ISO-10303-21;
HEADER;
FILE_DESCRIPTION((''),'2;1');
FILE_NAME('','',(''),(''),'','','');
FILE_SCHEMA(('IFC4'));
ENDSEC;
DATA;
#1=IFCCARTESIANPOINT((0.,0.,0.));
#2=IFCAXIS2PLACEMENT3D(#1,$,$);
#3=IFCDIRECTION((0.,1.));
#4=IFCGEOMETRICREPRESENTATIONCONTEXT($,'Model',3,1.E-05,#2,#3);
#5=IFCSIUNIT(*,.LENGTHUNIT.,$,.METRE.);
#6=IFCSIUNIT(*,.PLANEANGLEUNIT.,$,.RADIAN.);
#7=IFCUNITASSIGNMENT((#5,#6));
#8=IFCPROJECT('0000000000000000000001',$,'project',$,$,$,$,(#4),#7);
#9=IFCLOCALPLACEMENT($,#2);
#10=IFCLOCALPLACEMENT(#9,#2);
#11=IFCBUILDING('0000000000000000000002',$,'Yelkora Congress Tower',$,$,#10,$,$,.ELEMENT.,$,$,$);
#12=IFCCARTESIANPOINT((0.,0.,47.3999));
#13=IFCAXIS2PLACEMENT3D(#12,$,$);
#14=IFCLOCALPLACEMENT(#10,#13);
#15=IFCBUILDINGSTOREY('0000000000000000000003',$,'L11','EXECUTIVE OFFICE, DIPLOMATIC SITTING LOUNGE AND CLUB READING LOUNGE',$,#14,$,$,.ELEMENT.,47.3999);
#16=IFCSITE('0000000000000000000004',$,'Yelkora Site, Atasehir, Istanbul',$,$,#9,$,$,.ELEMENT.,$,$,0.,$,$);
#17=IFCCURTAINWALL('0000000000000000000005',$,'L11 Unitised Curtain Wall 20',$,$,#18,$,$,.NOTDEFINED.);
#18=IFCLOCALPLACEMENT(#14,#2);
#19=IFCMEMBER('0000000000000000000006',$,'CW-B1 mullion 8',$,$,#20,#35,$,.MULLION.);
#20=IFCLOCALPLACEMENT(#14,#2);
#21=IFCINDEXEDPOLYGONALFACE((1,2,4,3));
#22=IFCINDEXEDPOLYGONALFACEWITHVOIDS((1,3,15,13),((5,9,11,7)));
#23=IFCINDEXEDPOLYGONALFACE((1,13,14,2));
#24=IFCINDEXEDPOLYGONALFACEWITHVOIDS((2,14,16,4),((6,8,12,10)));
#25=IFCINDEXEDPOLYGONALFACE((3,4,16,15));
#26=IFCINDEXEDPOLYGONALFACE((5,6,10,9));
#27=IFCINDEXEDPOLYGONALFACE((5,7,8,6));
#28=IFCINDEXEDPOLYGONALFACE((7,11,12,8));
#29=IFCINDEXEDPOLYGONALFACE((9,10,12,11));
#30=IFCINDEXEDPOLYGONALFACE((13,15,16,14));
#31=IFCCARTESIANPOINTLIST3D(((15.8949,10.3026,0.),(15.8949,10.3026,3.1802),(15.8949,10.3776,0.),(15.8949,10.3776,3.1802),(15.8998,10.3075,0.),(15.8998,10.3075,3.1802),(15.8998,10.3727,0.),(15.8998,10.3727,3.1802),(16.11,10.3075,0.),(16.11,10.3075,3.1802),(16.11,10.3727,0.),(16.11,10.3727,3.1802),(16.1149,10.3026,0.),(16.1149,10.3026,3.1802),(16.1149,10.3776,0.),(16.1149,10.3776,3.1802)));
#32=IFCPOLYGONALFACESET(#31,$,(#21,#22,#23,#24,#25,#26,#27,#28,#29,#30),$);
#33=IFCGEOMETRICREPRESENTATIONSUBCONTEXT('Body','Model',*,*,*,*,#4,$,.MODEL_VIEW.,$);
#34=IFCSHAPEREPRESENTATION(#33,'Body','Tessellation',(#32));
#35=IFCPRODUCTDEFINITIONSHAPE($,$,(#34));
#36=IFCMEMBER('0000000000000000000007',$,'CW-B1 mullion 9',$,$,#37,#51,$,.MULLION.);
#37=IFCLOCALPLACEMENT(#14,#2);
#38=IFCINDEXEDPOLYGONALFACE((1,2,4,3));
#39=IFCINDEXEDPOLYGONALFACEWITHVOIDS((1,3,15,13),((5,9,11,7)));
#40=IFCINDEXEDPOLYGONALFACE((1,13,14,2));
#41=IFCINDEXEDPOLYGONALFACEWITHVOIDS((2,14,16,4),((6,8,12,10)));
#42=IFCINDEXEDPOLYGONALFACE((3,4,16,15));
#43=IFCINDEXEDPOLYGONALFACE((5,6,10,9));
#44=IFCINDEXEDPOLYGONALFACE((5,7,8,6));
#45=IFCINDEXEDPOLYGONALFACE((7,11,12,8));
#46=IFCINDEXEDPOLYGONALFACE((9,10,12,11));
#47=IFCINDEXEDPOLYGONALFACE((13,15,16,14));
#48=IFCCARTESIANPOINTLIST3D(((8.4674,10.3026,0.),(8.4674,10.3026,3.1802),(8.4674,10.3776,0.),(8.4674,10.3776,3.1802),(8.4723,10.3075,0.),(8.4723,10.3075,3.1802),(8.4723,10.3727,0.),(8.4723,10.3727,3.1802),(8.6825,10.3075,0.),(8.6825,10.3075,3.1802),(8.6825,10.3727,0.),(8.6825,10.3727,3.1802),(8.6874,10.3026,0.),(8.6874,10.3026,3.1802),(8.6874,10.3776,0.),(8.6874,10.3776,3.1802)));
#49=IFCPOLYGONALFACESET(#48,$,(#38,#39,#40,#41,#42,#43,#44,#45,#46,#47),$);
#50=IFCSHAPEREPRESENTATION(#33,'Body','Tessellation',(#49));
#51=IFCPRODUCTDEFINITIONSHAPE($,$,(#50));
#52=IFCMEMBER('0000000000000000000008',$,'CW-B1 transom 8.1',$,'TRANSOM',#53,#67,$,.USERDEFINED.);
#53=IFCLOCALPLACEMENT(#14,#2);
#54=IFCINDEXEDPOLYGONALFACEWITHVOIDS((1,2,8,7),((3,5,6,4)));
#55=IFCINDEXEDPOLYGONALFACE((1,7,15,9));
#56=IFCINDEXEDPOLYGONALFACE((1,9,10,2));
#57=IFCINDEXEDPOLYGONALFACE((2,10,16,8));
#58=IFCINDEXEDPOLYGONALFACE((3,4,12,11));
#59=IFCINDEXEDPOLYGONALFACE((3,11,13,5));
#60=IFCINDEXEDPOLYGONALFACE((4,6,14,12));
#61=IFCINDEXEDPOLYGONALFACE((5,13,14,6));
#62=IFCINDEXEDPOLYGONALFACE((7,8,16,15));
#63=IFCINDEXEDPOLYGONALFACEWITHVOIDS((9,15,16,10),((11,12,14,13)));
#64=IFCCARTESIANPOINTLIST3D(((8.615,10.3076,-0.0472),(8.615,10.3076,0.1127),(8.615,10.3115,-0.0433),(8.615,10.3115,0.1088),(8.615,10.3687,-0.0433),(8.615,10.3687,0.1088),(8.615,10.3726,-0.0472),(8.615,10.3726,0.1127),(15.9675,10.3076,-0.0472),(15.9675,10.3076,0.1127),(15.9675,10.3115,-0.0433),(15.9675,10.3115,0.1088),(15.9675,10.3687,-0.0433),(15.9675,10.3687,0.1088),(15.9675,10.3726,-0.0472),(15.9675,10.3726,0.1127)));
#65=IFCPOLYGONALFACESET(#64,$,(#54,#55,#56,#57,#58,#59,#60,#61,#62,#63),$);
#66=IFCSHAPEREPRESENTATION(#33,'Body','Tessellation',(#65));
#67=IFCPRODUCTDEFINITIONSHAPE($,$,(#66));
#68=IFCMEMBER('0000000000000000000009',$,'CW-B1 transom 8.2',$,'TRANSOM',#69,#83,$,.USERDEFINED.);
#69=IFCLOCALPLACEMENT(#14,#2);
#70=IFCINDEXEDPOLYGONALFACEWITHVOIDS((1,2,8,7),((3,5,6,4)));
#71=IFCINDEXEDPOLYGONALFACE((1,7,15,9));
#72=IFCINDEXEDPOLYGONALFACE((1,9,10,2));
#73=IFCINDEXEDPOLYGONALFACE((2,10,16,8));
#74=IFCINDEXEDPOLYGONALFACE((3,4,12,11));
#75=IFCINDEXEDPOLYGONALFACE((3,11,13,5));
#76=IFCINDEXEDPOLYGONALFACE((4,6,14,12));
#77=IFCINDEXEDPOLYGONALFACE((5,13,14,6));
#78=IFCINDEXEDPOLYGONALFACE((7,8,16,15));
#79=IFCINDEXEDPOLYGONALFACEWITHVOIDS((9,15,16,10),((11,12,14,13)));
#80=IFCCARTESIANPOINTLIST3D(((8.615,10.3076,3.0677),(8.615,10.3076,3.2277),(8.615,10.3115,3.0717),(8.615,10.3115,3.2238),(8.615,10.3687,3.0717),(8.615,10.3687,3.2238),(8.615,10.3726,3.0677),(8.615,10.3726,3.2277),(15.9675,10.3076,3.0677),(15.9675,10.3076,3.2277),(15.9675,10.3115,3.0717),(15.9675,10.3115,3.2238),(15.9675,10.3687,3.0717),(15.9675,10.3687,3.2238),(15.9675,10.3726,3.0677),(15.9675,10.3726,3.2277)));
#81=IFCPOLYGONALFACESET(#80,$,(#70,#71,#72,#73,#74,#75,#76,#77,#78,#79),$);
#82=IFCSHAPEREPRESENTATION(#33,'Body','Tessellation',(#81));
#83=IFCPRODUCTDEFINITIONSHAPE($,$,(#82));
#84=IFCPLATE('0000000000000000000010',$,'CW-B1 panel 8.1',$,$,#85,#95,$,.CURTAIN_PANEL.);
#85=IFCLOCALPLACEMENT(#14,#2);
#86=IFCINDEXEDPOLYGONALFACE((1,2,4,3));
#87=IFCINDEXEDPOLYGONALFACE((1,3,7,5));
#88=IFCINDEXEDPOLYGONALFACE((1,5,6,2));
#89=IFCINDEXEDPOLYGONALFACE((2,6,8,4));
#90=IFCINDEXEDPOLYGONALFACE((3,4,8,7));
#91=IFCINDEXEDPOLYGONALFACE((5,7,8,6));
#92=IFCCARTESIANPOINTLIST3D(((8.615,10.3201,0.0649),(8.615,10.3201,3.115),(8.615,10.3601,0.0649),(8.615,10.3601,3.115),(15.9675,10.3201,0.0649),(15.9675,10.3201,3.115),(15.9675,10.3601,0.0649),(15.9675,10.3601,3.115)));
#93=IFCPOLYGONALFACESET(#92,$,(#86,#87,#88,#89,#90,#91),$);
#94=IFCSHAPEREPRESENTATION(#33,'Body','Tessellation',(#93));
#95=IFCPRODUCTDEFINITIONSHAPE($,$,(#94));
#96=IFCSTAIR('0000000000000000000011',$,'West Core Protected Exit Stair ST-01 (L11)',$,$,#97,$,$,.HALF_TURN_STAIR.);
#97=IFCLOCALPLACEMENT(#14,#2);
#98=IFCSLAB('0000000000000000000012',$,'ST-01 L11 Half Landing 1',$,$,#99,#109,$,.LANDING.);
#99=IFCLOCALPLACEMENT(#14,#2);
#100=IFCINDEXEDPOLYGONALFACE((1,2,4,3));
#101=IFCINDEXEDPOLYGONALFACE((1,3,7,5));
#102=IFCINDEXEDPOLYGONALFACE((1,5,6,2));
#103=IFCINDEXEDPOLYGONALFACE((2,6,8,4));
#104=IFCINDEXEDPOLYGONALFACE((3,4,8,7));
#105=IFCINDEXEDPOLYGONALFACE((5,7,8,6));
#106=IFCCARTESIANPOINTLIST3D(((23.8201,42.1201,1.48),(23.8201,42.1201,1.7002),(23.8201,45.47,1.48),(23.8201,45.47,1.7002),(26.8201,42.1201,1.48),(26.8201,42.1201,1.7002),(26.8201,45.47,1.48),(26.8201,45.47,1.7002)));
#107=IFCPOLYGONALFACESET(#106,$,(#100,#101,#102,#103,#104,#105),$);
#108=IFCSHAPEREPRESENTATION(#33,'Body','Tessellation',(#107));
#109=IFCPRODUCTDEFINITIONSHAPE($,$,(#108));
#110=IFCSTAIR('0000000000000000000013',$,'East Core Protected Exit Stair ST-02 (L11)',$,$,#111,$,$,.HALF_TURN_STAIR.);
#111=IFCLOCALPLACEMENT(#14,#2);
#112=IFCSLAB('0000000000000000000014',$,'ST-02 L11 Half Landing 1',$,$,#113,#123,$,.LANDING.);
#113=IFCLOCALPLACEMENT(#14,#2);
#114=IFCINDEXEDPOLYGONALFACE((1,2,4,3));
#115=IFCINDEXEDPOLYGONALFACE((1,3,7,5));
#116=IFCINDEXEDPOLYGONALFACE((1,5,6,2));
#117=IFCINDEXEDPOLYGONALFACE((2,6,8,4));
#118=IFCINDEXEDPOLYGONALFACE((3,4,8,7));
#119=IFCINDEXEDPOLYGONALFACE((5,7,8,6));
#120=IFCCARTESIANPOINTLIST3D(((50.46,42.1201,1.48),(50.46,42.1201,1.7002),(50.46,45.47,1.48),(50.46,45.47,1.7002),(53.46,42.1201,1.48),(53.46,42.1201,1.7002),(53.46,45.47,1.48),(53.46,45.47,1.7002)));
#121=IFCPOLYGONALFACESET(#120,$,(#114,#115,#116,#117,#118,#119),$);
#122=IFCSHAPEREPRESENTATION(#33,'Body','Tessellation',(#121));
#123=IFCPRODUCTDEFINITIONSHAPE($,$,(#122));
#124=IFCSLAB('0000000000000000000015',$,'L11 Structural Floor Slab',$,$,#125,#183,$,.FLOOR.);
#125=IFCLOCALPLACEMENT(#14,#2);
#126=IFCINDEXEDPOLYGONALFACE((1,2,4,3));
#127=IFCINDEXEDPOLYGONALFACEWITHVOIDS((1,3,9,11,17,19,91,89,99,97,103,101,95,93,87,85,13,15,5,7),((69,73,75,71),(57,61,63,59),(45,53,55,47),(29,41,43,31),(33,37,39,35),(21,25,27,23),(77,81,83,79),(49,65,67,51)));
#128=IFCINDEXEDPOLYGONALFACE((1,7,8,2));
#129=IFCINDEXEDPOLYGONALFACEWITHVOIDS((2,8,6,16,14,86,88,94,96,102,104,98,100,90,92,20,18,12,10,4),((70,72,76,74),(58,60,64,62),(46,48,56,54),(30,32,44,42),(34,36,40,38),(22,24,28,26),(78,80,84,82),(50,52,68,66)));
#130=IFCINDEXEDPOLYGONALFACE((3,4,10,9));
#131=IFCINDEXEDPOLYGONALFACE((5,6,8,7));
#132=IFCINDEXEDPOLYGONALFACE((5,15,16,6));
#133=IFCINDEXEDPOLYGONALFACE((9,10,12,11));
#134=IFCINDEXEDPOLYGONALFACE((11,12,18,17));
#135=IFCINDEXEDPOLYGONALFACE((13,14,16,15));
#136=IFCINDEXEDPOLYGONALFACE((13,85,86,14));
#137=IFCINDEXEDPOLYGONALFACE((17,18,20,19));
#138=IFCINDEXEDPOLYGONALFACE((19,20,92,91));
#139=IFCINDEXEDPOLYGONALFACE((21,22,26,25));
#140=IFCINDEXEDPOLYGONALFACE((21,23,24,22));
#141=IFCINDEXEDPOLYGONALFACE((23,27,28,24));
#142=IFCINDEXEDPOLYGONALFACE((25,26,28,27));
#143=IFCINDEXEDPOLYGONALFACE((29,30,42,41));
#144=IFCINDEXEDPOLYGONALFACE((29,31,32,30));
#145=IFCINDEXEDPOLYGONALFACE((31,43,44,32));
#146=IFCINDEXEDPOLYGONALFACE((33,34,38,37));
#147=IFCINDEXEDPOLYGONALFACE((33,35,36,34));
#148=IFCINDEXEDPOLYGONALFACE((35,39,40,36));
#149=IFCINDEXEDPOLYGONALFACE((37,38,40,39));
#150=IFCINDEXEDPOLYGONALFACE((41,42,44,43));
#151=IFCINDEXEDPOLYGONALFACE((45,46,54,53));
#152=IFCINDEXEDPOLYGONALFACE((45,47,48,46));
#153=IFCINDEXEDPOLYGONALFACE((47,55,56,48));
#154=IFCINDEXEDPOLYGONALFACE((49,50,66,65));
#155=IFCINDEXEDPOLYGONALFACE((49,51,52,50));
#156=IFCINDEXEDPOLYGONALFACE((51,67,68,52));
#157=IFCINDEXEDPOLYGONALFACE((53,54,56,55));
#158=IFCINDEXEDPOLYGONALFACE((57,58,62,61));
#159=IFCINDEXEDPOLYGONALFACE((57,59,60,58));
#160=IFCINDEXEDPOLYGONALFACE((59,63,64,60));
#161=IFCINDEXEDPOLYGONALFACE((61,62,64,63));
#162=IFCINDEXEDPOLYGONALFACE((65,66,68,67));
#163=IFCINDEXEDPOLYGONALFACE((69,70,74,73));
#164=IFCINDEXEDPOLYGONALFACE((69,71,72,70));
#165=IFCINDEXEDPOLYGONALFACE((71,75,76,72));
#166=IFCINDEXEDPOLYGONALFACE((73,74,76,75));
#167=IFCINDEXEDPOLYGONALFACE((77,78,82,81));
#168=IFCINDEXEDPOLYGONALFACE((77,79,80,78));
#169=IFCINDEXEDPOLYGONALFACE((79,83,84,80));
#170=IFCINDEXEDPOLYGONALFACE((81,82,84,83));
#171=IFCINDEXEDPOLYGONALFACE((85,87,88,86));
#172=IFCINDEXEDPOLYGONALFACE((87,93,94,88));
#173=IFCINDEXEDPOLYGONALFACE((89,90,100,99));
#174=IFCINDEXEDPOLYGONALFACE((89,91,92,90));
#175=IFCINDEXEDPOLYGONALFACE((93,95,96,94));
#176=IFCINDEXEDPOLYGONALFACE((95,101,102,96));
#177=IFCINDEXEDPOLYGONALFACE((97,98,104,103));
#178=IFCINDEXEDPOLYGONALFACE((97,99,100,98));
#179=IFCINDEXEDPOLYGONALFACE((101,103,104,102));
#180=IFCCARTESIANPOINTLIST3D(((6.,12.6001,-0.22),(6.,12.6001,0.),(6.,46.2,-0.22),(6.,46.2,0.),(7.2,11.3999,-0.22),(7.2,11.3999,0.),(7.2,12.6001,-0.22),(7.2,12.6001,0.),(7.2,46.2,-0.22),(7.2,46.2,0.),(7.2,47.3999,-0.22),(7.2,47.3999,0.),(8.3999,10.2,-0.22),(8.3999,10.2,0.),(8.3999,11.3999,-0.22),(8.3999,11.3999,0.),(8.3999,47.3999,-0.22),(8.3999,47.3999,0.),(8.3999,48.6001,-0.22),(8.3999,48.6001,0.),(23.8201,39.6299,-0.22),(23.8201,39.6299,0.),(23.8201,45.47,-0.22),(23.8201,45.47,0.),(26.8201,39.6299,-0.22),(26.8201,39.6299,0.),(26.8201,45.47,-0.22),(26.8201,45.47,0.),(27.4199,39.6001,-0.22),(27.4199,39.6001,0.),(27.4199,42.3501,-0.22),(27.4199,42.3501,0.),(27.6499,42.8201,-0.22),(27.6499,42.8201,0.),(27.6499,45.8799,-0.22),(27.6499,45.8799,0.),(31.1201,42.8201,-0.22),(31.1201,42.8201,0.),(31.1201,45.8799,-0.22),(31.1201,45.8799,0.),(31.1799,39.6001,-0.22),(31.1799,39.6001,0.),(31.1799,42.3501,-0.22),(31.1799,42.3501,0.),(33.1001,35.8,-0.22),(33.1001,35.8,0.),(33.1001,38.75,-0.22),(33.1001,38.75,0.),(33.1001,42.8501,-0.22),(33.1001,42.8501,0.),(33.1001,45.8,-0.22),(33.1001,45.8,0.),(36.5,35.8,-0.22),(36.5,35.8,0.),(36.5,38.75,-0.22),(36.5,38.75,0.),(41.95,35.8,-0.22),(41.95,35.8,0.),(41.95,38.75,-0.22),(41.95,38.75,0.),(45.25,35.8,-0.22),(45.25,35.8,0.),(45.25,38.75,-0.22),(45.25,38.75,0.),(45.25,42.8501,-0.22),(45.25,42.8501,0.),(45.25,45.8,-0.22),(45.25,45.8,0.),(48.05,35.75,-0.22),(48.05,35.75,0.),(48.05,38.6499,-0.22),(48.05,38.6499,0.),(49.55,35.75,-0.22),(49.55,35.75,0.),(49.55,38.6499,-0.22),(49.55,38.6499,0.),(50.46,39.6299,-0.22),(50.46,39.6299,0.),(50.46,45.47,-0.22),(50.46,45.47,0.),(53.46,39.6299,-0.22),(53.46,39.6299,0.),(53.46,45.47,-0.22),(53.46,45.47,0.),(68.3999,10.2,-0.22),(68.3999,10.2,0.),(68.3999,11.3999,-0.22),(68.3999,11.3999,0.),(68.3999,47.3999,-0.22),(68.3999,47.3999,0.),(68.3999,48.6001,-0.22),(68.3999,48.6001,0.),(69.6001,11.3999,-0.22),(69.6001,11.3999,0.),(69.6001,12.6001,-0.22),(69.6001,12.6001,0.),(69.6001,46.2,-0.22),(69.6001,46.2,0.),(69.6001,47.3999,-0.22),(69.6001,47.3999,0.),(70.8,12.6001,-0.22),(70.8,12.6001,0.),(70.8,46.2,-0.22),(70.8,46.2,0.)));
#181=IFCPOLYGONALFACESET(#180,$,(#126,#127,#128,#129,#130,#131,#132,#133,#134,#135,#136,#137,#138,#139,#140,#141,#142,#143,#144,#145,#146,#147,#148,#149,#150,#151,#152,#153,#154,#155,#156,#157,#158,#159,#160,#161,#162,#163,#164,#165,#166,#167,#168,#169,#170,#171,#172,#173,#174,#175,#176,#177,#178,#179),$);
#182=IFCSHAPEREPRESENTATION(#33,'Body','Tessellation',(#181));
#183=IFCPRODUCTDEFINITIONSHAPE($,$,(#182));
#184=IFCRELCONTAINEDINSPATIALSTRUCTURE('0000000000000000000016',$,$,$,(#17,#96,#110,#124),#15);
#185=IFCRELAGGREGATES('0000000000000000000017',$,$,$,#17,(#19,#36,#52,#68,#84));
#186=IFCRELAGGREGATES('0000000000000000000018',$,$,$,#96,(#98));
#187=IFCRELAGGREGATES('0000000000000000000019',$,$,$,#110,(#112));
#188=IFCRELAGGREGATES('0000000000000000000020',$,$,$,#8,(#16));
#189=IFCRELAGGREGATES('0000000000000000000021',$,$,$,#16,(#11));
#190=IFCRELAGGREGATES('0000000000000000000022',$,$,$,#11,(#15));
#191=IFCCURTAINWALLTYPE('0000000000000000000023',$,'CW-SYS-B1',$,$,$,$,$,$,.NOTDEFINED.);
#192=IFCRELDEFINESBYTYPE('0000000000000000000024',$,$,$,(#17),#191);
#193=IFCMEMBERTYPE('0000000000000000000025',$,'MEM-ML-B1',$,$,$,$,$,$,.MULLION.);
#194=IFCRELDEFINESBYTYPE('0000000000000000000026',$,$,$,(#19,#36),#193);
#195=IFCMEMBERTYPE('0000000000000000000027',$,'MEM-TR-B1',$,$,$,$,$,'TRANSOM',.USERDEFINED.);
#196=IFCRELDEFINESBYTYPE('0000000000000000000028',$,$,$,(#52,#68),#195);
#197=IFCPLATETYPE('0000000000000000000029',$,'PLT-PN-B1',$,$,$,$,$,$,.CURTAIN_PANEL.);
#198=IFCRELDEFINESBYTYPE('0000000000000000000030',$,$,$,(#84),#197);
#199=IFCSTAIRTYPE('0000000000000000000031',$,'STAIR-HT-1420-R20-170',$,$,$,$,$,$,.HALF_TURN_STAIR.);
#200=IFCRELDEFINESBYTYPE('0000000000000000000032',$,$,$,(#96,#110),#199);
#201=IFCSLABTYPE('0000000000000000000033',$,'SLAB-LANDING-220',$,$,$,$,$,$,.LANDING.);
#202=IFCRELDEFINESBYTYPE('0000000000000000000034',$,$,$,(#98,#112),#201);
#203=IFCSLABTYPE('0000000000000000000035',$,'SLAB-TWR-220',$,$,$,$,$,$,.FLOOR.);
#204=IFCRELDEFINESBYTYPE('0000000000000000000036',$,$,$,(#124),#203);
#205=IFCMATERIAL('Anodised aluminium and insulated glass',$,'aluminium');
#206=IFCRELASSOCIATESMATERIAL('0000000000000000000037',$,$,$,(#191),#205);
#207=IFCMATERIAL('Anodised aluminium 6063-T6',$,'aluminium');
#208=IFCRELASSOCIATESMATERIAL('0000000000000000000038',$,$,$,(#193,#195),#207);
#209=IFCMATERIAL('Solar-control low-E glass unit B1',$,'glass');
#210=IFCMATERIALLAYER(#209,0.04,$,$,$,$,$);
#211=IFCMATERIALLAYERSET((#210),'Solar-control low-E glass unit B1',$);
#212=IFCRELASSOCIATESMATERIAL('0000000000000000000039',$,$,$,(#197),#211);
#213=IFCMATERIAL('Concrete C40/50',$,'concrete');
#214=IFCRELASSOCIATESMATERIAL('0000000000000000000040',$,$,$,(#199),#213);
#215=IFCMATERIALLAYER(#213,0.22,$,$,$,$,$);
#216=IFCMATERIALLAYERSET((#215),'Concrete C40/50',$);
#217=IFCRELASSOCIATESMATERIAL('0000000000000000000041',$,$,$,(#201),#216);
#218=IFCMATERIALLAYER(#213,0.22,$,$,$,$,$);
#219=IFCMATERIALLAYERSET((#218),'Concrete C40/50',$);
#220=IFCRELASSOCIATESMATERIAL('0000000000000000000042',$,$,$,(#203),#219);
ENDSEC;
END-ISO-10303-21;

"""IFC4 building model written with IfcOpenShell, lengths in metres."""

from ifc_helpers import new_model, si_unit, direction, frame, origin, origin_2d, place, context, subcontext, project, spatial, polyline, rectangle, hollow_rectangle, outline, extrude, material, layer, layer_set, material_profile, profile_set, type_object, element, aggregate, save


model = new_model("IFC4")

# Units and contexts
model_context = context("Model", 3, precision=1e-05, world=origin(), true_north=direction((0.0, 1.0)))
body_context = subcontext(model_context, "Body", "Model", "MODEL_VIEW")
ifc_project = project(units=[si_unit("LENGTHUNIT", "METRE"), si_unit("PLANEANGLEUNIT", "RADIAN")], contexts=[model_context])

# Site, building, storey
site_placement = place(None, origin())
site = spatial("IfcSite", under=ifc_project, at=site_placement, Name="Yelkora Site, Atasehir, Istanbul", CompositionType="ELEMENT", RefElevation=0.0)
building_placement = place(site_placement, origin())
building = spatial("IfcBuilding", under=site, at=building_placement, Name="Yelkora Congress Tower", CompositionType="ELEMENT")
storey_placement = place(building_placement, frame((0.0, 0.0, 47.3999)))
storey = spatial("IfcBuildingStorey", under=building, at=storey_placement, Name="L11", Description="EXECUTIVE OFFICE, DIPLOMATIC SITTING LOUNGE AND CLUB READING LOUNGE", CompositionType="ELEMENT", Elevation=47.3999)

# Curtain wall, members, plate
ifc_material_1 = material(Name="Anodised aluminium and insulated glass", Category="aluminium")
curtain_wall_type = type_object("IfcCurtainWallType", Name="CW-SYS-B1", PredefinedType="NOTDEFINED", material=ifc_material_1)
curtain_wall_placement = place(storey_placement, origin())
curtain_wall = element("IfcCurtainWall", 1, at=curtain_wall_placement, inside=storey, type_object=curtain_wall_type, Name="L11 Unitised Curtain Wall 20", PredefinedType="NOTDEFINED")
ifc_material_2 = material(Name="Anodised aluminium 6063-T6", Category="aluminium")
ifc_material_profile_1 = material_profile(ifc_material_2, hollow_rectangle(XDim=0.075, YDim=0.22, WallThickness=0.0049, at=origin_2d()), Name="ALU 75x220x5")
ifc_profile_set_1 = profile_set([ifc_material_profile_1], Name="Anodised aluminium 6063-T6")
member_type_1 = type_object("IfcMemberType", Name="MEM-ML-B1", PredefinedType="MULLION", material=ifc_profile_set_1)
member_1_placement = place(storey_placement, frame((16.0049, 10.3401, 0.0), z_axis=(0.0, 0.0, 1.0), x_axis=(0.0, -1.0, 0.0)))
member_1 = element("IfcMember", 2, at=member_1_placement, type_object=member_type_1, Name="CW-B1 mullion 8", PredefinedType="MULLION", context=body_context, shape_type="SweptSolid", body=[
    extrude(hollow_rectangle(XDim=0.075, YDim=0.22, WallThickness=0.0049, at=origin_2d()), origin(), (0.0, 0.0, 1.0), 3.1802),
])
member_2_placement = place(storey_placement, frame((8.5774, 10.3401, 0.0), z_axis=(0.0, 0.0, 1.0), x_axis=(0.0, -1.0, 0.0)))
member_2 = element("IfcMember", 3, at=member_2_placement, type_object=member_type_1, Name="CW-B1 mullion 9", PredefinedType="MULLION", context=body_context, shape_type="SweptSolid", body=[
    extrude(hollow_rectangle(XDim=0.075, YDim=0.22, WallThickness=0.0049, at=origin_2d()), origin(), (0.0, 0.0, 1.0), 3.1802),
])
ifc_material_profile_2 = material_profile(ifc_material_2, hollow_rectangle(XDim=0.0649, YDim=0.1599, WallThickness=0.0039, at=origin_2d()), Name="ALU 65x160x4")
ifc_profile_set_2 = profile_set([ifc_material_profile_2], Name="Anodised aluminium 6063-T6")
member_type_2 = type_object("IfcMemberType", Name="MEM-TR-B1", ElementType="TRANSOM", PredefinedType="USERDEFINED", material=ifc_profile_set_2)
member_3_placement = place(storey_placement, frame((15.9675, 10.3401, 0.0327), z_axis=(-1.0, 0.0, 0.0), x_axis=(0.0, -1.0, 0.0)))
member_3 = element("IfcMember", 4, at=member_3_placement, type_object=member_type_2, Name="CW-B1 transom 8.1", ObjectType="TRANSOM", PredefinedType="USERDEFINED", context=body_context, shape_type="SweptSolid", body=[
    extrude(hollow_rectangle(XDim=0.0649, YDim=0.1599, WallThickness=0.0039, at=origin_2d()), origin(), (0.0, 0.0, 1.0), 7.3525),
])
member_4_placement = place(storey_placement, frame((15.9675, 10.3401, 3.1477), z_axis=(-1.0, 0.0, 0.0), x_axis=(0.0, -1.0, 0.0)))
member_4 = element("IfcMember", 5, at=member_4_placement, type_object=member_type_2, Name="CW-B1 transom 8.2", ObjectType="TRANSOM", PredefinedType="USERDEFINED", context=body_context, shape_type="SweptSolid", body=[
    extrude(hollow_rectangle(XDim=0.0649, YDim=0.1599, WallThickness=0.0039, at=origin_2d()), origin(), (0.0, 0.0, 1.0), 7.3525),
])
ifc_material_3 = material(Name="Solar-control low-E glass unit B1", Category="glass")
ifc_layer_1 = layer(ifc_material_3, 0.04)
ifc_layer_set_1 = layer_set([ifc_layer_1], Name="Solar-control low-E glass unit B1")
plate_type = type_object("IfcPlateType", Name="PLT-PN-B1", PredefinedType="CURTAIN_PANEL", material=ifc_layer_set_1)
plate_placement = place(storey_placement, frame((12.2913, 10.3401, 0.0649), z_axis=(0.0, 0.0, 1.0), x_axis=(-1.0, 0.0, 0.0)))
plate = element("IfcPlate", 6, at=plate_placement, type_object=plate_type, Name="CW-B1 panel 8.1", PredefinedType="CURTAIN_PANEL", context=body_context, shape_type="SweptSolid", body=[
    extrude(rectangle(XDim=7.3525, YDim=0.04, at=origin_2d()), origin(), (0.0, 0.0, 1.0), 3.05),
])
aggregate(curtain_wall, [member_1, member_2, member_3, member_4, plate])

# Stairs, slabs
ifc_material_4 = material(Name="Concrete C40/50", Category="concrete")
stair_type = type_object("IfcStairType", Name="STAIR-HT-1420-R20-170", PredefinedType="HALF_TURN_STAIR", material=ifc_material_4)
stair_1_placement = place(storey_placement, origin())
stair_1 = element("IfcStair", 7, at=stair_1_placement, inside=storey, type_object=stair_type, Name="West Core Protected Exit Stair ST-01 (L11)", PredefinedType="HALF_TURN_STAIR")
ifc_layer_2 = layer(ifc_material_4, 0.22)
ifc_layer_set_2 = layer_set([ifc_layer_2], Name="Concrete C40/50")
slab_type_1 = type_object("IfcSlabType", Name="SLAB-LANDING-220", PredefinedType="LANDING", material=ifc_layer_set_2)
slab_1_placement = place(storey_placement, frame((0.0, 0.0, 1.48)))
slab_1 = element("IfcSlab", 8, at=slab_1_placement, type_object=slab_type_1, Name="ST-01 L11 Half Landing 1", PredefinedType="LANDING", context=body_context, shape_type="SweptSolid", body=[
    extrude(outline(polyline([(26.8201, 42.1201), (26.8201, 45.47), (23.8201, 45.47), (23.8201, 42.1201), (26.8201, 42.1201)])), origin(), (0.0, 0.0, 1.0), 0.2202),
])
aggregate(stair_1, [slab_1])
stair_2_placement = place(storey_placement, origin())
stair_2 = element("IfcStair", 9, at=stair_2_placement, inside=storey, type_object=stair_type, Name="East Core Protected Exit Stair ST-02 (L11)", PredefinedType="HALF_TURN_STAIR")
slab_2_placement = place(storey_placement, frame((0.0, 0.0, 1.48)))
slab_2 = element("IfcSlab", 10, at=slab_2_placement, type_object=slab_type_1, Name="ST-02 L11 Half Landing 1", PredefinedType="LANDING", context=body_context, shape_type="SweptSolid", body=[
    extrude(outline(polyline([(53.46, 42.1201), (53.46, 45.47), (50.46, 45.47), (50.46, 42.1201), (53.46, 42.1201)])), origin(), (0.0, 0.0, 1.0), 0.2202),
])
aggregate(stair_2, [slab_2])

# Slab
ifc_layer_3 = layer(ifc_material_4, 0.22)
ifc_layer_set_3 = layer_set([ifc_layer_3], Name="Concrete C40/50")
slab_type_2 = type_object("IfcSlabType", Name="SLAB-TWR-220", PredefinedType="FLOOR", material=ifc_layer_set_3)
slab_3_placement = place(storey_placement, frame((0.0, 0.0, -0.22)))
element("IfcSlab", 11, at=slab_3_placement, inside=storey, type_object=slab_type_2, Name="L11 Structural Floor Slab", PredefinedType="FLOOR", context=body_context, shape_type="SweptSolid", body=[
    extrude(outline(polyline([(8.3999, 10.2), (68.3999, 10.2), (68.3999, 11.3999), (69.6001, 11.3999), (69.6001, 12.6001), (70.8, 12.6001), (70.8, 46.2), (69.6001, 46.2), (69.6001, 47.3999), (68.3999, 47.3999), (68.3999, 48.6001), (8.3999, 48.6001), (8.3999, 47.3999), (7.2, 47.3999), (7.2, 46.2), (6.0, 46.2), (6.0, 12.6001), (7.2, 12.6001), (7.2, 11.3999), (8.3999, 11.3999), (8.3999, 10.2)]), holes=[polyline([(23.8201, 39.6299), (26.8201, 39.6299), (26.8201, 45.47), (23.8201, 45.47), (23.8201, 39.6299)]), polyline([(50.46, 39.6299), (53.46, 39.6299), (53.46, 45.47), (50.46, 45.47), (50.46, 39.6299)]), polyline([(48.05, 35.75), (49.55, 35.75), (49.55, 38.6499), (48.05, 38.6499), (48.05, 35.75)]), polyline([(41.95, 35.8), (45.25, 35.8), (45.25, 38.75), (41.95, 38.75), (41.95, 35.8)]), polyline([(33.1001, 42.8501), (45.25, 42.8501), (45.25, 45.8), (33.1001, 45.8), (33.1001, 42.8501)]), polyline([(33.1001, 35.8), (36.5, 35.8), (36.5, 38.75), (33.1001, 38.75), (33.1001, 35.8)]), polyline([(27.4199, 39.6001), (31.1799, 39.6001), (31.1799, 42.3501), (27.4199, 42.3501), (27.4199, 39.6001)]), polyline([(27.6499, 42.8201), (31.1201, 42.8201), (31.1201, 45.8799), (27.6499, 45.8799), (27.6499, 42.8201)])]), origin(), (0.0, 0.0, 1.0), 0.22),
])

save(model, "model.ifc")
